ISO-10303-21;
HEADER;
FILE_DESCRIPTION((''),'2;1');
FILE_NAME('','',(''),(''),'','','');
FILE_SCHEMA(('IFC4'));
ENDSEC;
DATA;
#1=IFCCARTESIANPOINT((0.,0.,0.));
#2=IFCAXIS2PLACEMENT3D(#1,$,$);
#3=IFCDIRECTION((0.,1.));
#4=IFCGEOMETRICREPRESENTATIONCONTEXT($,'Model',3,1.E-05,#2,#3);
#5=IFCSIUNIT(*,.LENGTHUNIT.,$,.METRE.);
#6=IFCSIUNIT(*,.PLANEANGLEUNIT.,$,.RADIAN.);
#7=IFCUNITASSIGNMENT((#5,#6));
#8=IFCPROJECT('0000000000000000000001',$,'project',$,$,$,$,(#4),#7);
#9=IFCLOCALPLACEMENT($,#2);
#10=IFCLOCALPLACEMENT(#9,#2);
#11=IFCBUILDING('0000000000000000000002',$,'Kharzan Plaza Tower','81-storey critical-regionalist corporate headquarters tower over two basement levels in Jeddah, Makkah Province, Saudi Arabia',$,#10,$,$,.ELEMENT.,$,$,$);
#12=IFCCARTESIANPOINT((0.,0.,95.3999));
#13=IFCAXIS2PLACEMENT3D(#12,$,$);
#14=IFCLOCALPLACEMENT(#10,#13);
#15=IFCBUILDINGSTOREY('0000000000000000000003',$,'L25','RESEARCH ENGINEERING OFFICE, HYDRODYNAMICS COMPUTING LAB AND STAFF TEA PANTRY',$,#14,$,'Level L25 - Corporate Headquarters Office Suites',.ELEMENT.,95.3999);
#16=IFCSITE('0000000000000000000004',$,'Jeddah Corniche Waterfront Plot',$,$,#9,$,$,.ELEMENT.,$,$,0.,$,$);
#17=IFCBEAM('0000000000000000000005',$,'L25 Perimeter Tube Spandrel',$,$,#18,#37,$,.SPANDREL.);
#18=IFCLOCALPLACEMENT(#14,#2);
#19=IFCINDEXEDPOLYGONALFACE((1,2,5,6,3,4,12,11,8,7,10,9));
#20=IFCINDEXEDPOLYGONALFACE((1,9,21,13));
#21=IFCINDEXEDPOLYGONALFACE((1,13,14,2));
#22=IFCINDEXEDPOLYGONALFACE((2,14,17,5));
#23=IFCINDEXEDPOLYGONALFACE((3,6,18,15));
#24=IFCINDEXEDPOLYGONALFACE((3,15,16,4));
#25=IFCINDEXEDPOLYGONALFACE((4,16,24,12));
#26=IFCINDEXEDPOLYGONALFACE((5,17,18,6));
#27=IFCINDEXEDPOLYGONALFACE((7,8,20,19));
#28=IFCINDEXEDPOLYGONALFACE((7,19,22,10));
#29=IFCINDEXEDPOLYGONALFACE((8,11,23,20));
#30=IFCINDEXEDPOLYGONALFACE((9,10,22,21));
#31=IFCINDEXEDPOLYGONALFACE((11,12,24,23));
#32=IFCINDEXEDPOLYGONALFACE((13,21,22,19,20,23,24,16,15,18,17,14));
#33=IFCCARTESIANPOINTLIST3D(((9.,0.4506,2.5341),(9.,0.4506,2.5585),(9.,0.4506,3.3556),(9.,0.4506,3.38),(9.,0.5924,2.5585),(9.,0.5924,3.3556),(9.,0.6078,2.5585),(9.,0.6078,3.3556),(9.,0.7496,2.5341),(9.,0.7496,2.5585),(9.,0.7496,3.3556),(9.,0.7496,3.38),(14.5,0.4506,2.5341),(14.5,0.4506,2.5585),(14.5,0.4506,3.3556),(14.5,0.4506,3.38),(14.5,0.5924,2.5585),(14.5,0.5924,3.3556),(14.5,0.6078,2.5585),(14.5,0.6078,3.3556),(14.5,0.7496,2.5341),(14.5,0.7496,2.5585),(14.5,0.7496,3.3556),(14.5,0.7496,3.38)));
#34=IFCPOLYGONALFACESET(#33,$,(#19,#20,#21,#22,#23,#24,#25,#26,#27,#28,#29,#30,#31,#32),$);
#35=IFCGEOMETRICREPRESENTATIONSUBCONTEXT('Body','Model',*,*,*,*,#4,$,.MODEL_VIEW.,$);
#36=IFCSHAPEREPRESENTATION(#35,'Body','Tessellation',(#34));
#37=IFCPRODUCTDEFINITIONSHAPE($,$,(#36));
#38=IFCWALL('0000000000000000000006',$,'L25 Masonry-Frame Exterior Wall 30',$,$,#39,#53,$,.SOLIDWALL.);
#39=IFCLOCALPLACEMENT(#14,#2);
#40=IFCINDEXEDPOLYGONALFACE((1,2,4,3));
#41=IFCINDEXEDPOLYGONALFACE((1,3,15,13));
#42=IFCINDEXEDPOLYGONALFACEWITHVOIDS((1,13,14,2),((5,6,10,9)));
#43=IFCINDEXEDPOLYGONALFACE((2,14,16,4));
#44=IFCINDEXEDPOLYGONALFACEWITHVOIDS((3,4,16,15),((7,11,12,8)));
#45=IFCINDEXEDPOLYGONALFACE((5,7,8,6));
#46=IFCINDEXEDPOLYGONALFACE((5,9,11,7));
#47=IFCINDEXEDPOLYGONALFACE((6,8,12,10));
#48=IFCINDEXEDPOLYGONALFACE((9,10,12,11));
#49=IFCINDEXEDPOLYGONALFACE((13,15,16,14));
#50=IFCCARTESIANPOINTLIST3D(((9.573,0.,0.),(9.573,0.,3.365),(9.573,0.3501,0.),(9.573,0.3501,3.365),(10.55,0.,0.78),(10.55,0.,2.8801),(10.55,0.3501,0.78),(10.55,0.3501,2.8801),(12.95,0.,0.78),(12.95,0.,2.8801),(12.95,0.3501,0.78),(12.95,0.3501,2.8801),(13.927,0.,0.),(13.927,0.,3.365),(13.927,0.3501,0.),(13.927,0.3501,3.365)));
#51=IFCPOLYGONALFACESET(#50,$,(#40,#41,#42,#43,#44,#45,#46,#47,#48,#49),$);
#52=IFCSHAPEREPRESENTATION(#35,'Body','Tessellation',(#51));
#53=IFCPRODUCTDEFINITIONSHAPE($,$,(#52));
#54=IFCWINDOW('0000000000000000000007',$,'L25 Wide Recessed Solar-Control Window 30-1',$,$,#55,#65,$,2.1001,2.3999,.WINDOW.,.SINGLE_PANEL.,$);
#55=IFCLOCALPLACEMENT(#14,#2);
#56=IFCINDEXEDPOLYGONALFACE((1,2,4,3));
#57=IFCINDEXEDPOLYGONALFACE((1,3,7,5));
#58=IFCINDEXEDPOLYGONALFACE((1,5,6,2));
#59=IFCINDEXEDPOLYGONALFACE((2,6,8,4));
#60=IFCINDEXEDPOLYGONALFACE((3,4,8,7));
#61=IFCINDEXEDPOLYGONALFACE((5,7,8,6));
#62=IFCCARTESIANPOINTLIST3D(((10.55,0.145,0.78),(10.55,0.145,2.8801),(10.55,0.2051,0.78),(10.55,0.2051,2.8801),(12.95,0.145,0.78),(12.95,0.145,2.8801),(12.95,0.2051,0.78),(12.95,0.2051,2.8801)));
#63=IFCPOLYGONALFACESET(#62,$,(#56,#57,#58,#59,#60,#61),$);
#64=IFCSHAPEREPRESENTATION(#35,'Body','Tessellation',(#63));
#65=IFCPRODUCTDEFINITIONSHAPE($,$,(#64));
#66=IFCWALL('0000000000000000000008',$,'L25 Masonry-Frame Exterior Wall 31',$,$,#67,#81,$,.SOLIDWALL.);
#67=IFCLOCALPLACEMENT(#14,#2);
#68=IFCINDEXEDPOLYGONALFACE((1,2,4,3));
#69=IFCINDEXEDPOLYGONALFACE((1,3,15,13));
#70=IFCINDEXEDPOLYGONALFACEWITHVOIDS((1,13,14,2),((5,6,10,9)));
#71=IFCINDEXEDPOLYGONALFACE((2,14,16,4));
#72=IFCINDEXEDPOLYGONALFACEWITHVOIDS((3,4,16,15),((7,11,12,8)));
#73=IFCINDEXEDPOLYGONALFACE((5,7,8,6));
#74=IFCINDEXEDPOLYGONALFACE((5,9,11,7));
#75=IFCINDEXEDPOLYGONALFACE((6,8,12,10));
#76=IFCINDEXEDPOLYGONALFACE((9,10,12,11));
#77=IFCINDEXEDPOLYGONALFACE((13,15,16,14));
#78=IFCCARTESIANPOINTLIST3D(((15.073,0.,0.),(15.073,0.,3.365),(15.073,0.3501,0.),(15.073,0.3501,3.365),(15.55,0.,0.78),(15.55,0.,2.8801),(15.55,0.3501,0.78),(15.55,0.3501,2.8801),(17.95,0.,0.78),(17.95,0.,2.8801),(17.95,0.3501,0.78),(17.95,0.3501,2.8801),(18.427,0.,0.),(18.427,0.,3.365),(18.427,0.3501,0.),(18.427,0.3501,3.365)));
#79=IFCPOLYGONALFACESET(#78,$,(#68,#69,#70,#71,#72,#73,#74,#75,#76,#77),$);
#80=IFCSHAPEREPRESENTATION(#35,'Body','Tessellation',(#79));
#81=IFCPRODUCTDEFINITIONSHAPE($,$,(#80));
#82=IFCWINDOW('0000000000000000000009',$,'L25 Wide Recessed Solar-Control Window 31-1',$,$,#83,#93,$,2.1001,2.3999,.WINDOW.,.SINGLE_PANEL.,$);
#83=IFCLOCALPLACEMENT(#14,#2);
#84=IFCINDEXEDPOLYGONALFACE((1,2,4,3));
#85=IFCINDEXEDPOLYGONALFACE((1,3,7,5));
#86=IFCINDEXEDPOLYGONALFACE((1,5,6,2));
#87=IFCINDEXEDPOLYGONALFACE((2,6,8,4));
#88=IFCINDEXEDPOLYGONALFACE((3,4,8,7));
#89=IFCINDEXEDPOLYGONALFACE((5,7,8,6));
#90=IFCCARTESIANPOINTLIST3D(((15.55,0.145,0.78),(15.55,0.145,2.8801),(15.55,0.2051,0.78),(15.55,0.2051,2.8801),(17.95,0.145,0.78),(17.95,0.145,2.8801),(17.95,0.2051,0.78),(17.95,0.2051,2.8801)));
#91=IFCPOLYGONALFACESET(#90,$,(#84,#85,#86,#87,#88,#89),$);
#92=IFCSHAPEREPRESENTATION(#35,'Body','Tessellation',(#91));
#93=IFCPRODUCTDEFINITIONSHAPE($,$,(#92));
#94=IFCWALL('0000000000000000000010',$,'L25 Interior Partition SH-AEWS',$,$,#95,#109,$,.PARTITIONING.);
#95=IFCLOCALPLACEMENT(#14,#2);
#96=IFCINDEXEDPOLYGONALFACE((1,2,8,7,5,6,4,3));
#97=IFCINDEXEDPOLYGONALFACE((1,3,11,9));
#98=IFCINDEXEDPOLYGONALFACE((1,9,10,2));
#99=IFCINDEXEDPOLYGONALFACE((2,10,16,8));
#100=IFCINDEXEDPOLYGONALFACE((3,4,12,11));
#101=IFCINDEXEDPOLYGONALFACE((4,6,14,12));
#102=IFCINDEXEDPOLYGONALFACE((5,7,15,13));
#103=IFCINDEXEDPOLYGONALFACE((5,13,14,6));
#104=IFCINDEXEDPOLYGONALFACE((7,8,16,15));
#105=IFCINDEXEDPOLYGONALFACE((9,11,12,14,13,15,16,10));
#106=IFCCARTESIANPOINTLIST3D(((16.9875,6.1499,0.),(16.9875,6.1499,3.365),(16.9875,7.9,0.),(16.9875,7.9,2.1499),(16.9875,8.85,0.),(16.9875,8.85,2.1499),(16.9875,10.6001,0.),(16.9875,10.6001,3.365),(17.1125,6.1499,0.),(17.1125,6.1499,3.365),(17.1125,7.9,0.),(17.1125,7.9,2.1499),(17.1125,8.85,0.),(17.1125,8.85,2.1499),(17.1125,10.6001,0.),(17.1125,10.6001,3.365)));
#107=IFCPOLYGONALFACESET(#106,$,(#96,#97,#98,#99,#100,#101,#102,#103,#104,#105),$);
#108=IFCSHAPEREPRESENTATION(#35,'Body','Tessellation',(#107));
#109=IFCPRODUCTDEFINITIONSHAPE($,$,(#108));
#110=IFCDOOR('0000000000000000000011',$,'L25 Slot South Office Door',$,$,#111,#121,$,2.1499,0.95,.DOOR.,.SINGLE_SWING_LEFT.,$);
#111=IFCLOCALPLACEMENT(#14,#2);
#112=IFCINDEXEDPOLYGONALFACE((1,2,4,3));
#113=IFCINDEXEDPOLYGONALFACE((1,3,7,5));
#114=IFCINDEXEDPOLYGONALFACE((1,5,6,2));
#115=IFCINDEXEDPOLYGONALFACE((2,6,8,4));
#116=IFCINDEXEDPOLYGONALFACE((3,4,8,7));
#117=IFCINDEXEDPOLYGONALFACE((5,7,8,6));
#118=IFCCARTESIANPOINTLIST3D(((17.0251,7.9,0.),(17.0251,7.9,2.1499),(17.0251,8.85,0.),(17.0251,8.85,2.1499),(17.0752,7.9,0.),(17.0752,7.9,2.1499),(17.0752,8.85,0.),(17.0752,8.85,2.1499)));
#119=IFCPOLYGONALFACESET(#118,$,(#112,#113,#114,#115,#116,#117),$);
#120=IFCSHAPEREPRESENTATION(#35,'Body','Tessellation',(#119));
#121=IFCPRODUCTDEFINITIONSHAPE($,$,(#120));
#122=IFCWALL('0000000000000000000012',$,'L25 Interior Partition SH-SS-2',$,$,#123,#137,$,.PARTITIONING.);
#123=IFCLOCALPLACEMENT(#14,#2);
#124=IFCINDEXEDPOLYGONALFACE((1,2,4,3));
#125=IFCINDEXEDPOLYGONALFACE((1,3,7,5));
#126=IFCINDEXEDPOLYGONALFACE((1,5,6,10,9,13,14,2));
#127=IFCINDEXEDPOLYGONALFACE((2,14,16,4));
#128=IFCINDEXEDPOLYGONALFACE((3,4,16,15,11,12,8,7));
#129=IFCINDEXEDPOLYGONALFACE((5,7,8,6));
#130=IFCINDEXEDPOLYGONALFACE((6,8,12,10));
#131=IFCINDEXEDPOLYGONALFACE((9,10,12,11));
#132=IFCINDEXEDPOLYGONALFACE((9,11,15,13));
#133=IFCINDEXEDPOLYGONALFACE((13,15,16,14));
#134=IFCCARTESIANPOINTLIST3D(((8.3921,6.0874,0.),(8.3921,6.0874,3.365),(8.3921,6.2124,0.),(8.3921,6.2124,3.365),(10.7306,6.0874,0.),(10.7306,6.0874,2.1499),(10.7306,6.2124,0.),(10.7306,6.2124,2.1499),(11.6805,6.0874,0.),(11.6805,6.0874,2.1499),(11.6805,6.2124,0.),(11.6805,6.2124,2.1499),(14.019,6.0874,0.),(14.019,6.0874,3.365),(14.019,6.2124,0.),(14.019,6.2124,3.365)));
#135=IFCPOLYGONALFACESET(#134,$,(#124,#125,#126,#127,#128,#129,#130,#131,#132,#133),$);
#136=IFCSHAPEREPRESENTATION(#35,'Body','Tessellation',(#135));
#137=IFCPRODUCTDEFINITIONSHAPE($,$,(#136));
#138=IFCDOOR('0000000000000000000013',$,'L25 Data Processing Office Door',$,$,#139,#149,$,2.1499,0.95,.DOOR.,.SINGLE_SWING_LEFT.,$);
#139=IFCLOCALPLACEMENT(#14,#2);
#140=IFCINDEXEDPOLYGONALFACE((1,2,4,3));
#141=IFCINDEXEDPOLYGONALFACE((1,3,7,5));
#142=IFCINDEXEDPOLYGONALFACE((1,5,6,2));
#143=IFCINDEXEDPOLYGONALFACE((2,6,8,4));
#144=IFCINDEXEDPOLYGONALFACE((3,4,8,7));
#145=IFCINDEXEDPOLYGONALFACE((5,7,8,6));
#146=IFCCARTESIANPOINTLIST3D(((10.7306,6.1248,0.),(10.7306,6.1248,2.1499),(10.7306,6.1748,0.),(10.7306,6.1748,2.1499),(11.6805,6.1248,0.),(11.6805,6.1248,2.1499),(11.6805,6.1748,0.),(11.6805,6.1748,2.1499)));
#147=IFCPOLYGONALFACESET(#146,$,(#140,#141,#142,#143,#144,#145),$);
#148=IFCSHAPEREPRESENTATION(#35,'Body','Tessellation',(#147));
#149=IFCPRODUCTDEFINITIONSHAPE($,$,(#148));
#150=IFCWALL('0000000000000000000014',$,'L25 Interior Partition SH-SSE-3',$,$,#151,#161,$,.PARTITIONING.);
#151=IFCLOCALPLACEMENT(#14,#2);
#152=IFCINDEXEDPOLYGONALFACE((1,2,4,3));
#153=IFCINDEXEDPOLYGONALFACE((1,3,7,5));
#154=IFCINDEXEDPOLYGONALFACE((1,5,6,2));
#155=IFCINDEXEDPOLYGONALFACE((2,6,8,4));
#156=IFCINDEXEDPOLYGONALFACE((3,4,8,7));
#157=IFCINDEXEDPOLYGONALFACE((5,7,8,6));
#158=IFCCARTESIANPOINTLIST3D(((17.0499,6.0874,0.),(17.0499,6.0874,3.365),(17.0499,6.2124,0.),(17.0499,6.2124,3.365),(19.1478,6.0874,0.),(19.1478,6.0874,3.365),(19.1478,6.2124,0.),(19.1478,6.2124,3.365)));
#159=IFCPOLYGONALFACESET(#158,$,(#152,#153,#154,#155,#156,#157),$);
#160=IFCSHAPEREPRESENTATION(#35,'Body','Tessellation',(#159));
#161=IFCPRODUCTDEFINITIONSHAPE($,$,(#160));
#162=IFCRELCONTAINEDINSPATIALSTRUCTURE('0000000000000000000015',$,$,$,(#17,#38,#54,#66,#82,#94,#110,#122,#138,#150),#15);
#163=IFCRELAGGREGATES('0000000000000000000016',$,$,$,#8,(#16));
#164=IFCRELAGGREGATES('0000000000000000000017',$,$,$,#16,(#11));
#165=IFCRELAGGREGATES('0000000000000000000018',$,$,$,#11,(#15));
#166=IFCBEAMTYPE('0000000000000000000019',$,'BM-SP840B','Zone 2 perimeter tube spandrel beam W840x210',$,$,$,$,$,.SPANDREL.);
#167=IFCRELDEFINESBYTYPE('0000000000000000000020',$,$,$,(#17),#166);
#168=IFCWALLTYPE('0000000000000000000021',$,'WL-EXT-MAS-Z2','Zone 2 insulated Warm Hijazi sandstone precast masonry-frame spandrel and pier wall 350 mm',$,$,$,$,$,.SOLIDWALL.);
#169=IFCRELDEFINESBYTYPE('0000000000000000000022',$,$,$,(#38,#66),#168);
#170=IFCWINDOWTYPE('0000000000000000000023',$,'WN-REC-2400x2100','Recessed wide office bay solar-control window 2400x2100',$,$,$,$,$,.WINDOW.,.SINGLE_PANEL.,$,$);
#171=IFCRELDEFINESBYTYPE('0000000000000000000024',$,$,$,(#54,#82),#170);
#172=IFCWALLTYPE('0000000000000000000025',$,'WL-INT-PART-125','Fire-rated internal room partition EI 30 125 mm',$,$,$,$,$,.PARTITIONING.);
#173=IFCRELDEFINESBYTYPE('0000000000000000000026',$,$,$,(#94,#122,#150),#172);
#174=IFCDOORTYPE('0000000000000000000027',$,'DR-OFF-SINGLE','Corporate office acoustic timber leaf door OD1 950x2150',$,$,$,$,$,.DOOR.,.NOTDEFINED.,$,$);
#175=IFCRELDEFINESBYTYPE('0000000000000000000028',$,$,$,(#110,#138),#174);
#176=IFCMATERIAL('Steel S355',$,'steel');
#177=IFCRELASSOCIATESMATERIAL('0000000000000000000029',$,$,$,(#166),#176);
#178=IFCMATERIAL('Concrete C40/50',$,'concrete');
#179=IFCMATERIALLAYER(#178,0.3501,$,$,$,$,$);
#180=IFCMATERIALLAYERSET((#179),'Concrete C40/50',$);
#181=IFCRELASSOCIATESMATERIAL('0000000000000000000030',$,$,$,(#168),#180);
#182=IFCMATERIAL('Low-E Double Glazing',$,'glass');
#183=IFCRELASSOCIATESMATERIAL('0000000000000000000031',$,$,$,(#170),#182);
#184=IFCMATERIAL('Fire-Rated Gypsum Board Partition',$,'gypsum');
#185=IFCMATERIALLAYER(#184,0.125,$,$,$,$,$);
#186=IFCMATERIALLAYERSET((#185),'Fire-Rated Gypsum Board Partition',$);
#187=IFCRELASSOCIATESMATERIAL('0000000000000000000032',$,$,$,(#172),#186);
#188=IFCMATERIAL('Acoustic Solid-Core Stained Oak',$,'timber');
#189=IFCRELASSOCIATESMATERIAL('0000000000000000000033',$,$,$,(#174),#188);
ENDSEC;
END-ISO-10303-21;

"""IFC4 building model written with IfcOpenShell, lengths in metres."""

from ifc_helpers import new_model, si_unit, direction, frame, frame_2d, origin, origin_2d, place, context, subcontext, project, spatial, rectangle, i_section, extrude, source, transform, mapped, material, layer, layer_set, material_profile, profile_set, type_object, element, fill, save


model = new_model("IFC4")

# Units and contexts
model_context = context("Model", 3, precision=1e-05, world=origin(), true_north=direction((0.0, 1.0)))
body_context = subcontext(model_context, "Body", "Model", "MODEL_VIEW")
ifc_project = project(units=[si_unit("LENGTHUNIT", "METRE"), si_unit("PLANEANGLEUNIT", "RADIAN")], contexts=[model_context])

# Site, building, storey
site_placement = place(None, origin())
site = spatial("IfcSite", under=ifc_project, at=site_placement, Name="Jeddah Corniche Waterfront Plot", CompositionType="ELEMENT", RefElevation=0.0)
building_placement = place(site_placement, origin())
building = spatial("IfcBuilding", under=site, at=building_placement, Name="Kharzan Plaza Tower", Description="81-storey critical-regionalist corporate headquarters tower over two basement levels in Jeddah, Makkah Province, Saudi Arabia", CompositionType="ELEMENT")
storey_placement = place(building_placement, frame((0.0, 0.0, 95.3999)))
storey = spatial("IfcBuildingStorey", under=building, at=storey_placement, Name="L25", Description="RESEARCH ENGINEERING OFFICE, HYDRODYNAMICS COMPUTING LAB AND STAFF TEA PANTRY", LongName="Level L25 - Corporate Headquarters Office Suites", CompositionType="ELEMENT", Elevation=95.3999)

# Beam
ifc_material_1 = material(Name="Steel S355", Category="steel")
ifc_material_profile_1 = material_profile(ifc_material_1, i_section(OverallWidth=0.2991, OverallDepth=0.8459, WebThickness=0.0154, FlangeThickness=0.0244, at=origin_2d()), Name="W840x210")
ifc_profile_set_1 = profile_set([ifc_material_profile_1], Name="Steel S355")
beam_type_1 = type_object("IfcBeamType", Name="BM-SP840B", Description="Zone 2 perimeter tube spandrel beam W840x210", PredefinedType="SPANDREL", material=ifc_profile_set_1)
shared_shape_1 = source(origin(), body_context, "Body", "SweptSolid", [
    extrude(i_section(OverallWidth=0.2991, OverallDepth=0.8459, WebThickness=0.0154, FlangeThickness=0.0244, at=origin_2d()), origin(), (0.0, 0.0, 1.0), 5.5),
])
beam_1_placement = place(storey_placement, frame((9.0, 0.6001, 2.957), z_axis=(1.0, 0.0, 0.0), x_axis=(0.0, 1.0, 0.0)))
element("IfcBeam", 1, at=beam_1_placement, inside=storey, type_object=beam_type_1, Name="L25 Perimeter Tube Spandrel", PredefinedType="SPANDREL", context=body_context, shape_type="MappedRepresentation", body=[
    mapped(shared_shape_1, transform((0.0, 0.0, 0.0), x_axis=(1.0, 0.0, 0.0), y_axis=(0.0, 1.0, 0.0), z_axis=(0.0, 0.0, 1.0))),
])

# Walls, openings, windows
ifc_material_2 = material(Name="Concrete C40/50", Category="concrete")
ifc_layer_1 = layer(ifc_material_2, 0.3501)
ifc_layer_set_1 = layer_set([ifc_layer_1], Name="Concrete C40/50")
wall_type_1 = type_object("IfcWallType", Name="WL-EXT-MAS-Z2", Description="Zone 2 insulated Warm Hijazi sandstone precast masonry-frame spandrel and pier wall 350 mm", PredefinedType="SOLIDWALL", material=ifc_layer_set_1)
wall_1_placement = place(storey_placement, frame((9.573, 0.175, 0.0), z_axis=(0.0, 0.0, 1.0), x_axis=(1.0, 0.0, 0.0)))
wall_1 = element("IfcWall", 2, at=wall_1_placement, inside=storey, type_object=wall_type_1, Name="L25 Masonry-Frame Exterior Wall 30", PredefinedType="SOLIDWALL", context=body_context, shape_type="SweptSolid", body=[
    extrude(rectangle(XDim=4.354, YDim=0.3501, at=frame_2d((2.177, 0.0))), origin(), (0.0, 0.0, 1.0), 3.365),
])
opening_1_placement = place(wall_1_placement, frame((0.9771, 0.0, 0.78)))
opening_1 = element("IfcOpeningElement", 3, at=opening_1_placement, cuts=wall_1, PredefinedType="OPENING", context=body_context, shape_type="SweptSolid", body=[
    extrude(rectangle(XDim=2.3999, YDim=2.1001, at=frame_2d((1.2, 1.05))), frame((0.0, 0.1851, 0.0), z_axis=(0.0, -1.0, 0.0), x_axis=(1.0, 0.0, 0.0)), (0.0, 0.0, 1.0), 0.3701),
])
ifc_material_3 = material(Name="Low-E Double Glazing", Category="glass")
window_type = type_object("IfcWindowType", Name="WN-REC-2400x2100", Description="Recessed wide office bay solar-control window 2400x2100", PartitioningType="SINGLE_PANEL", PredefinedType="WINDOW", material=ifc_material_3)
shared_shape_2 = source(origin(), body_context, "Body", "SweptSolid", [
    extrude(rectangle(XDim=2.3999, YDim=2.1001, at=frame_2d((1.2, 1.05))), frame((0.0, 0.03, 0.0), z_axis=(0.0, -1.0, 0.0), x_axis=(1.0, 0.0, 0.0)), (0.0, 0.0, 1.0), 0.0601),
])
window_1_placement = place(opening_1_placement, origin())
window_1 = element("IfcWindow", 4, at=window_1_placement, inside=storey, type_object=window_type, Name="L25 Wide Recessed Solar-Control Window 30-1", OverallHeight=2.1001, OverallWidth=2.3999, PartitioningType="SINGLE_PANEL", PredefinedType="WINDOW", context=body_context, shape_type="MappedRepresentation", body=[
    mapped(shared_shape_2, transform((0.0, 0.0, 0.0), x_axis=(1.0, 0.0, 0.0), y_axis=(0.0, 1.0, 0.0), z_axis=(0.0, 0.0, 1.0))),
])
fill(opening_1, window_1)
wall_2_placement = place(storey_placement, frame((15.073, 0.175, 0.0), z_axis=(0.0, 0.0, 1.0), x_axis=(1.0, 0.0, 0.0)))
wall_2 = element("IfcWall", 5, at=wall_2_placement, inside=storey, type_object=wall_type_1, Name="L25 Masonry-Frame Exterior Wall 31", PredefinedType="SOLIDWALL", context=body_context, shape_type="SweptSolid", body=[
    extrude(rectangle(XDim=3.354, YDim=0.3501, at=frame_2d((1.677, 0.0))), origin(), (0.0, 0.0, 1.0), 3.365),
])
opening_2_placement = place(wall_2_placement, frame((0.4771, 0.0, 0.78)))
opening_2 = element("IfcOpeningElement", 6, at=opening_2_placement, cuts=wall_2, PredefinedType="OPENING", context=body_context, shape_type="SweptSolid", body=[
    extrude(rectangle(XDim=2.3999, YDim=2.1001, at=frame_2d((1.2, 1.05))), frame((0.0, 0.1851, 0.0), z_axis=(0.0, -1.0, 0.0), x_axis=(1.0, 0.0, 0.0)), (0.0, 0.0, 1.0), 0.3701),
])
window_2_placement = place(opening_2_placement, origin())
window_2 = element("IfcWindow", 7, at=window_2_placement, inside=storey, type_object=window_type, Name="L25 Wide Recessed Solar-Control Window 31-1", OverallHeight=2.1001, OverallWidth=2.3999, PartitioningType="SINGLE_PANEL", PredefinedType="WINDOW", context=body_context, shape_type="MappedRepresentation", body=[
    mapped(shared_shape_2, transform((0.0, 0.0, 0.0), x_axis=(1.0, 0.0, 0.0), y_axis=(0.0, 1.0, 0.0), z_axis=(0.0, 0.0, 1.0))),
])
fill(opening_2, window_2)

# Walls, openings, doors
ifc_material_4 = material(Name="Fire-Rated Gypsum Board Partition", Category="gypsum")
ifc_layer_2 = layer(ifc_material_4, 0.125)
ifc_layer_set_2 = layer_set([ifc_layer_2], Name="Fire-Rated Gypsum Board Partition")
wall_type_2 = type_object("IfcWallType", Name="WL-INT-PART-125", Description="Fire-rated internal room partition EI 30 125 mm", PredefinedType="PARTITIONING", material=ifc_layer_set_2)
wall_3_placement = place(storey_placement, frame((17.05, 6.1499, 0.0), z_axis=(0.0, 0.0, 1.0), x_axis=(0.0, 1.0, 0.0)))
wall_3 = element("IfcWall", 8, at=wall_3_placement, inside=storey, type_object=wall_type_2, Name="L25 Interior Partition SH-AEWS", PredefinedType="PARTITIONING", context=body_context, shape_type="SweptSolid", body=[
    extrude(rectangle(XDim=4.4502, YDim=0.125, at=frame_2d((2.2251, 0.0))), origin(), (0.0, 0.0, 1.0), 3.365),
])
opening_3_placement = place(wall_3_placement, frame((1.75, 0.0, 0.0)))
opening_3 = element("IfcOpeningElement", 9, at=opening_3_placement, cuts=wall_3, PredefinedType="OPENING", context=body_context, shape_type="SweptSolid", body=[
    extrude(rectangle(XDim=0.95, YDim=2.1499, at=frame_2d((0.4751, 1.075))), frame((0.0, 0.0725, 0.0), z_axis=(0.0, -1.0, 0.0), x_axis=(1.0, 0.0, 0.0)), (0.0, 0.0, 1.0), 0.145),
])
ifc_material_5 = material(Name="Acoustic Solid-Core Stained Oak", Category="timber")
door_type = type_object("IfcDoorType", Name="DR-OFF-SINGLE", Description="Corporate office acoustic timber leaf door OD1 950x2150", OperationType="NOTDEFINED", PredefinedType="DOOR", material=ifc_material_5)
shared_shape_3 = source(origin(), body_context, "Body", "SweptSolid", [
    extrude(rectangle(XDim=0.95, YDim=2.1499, at=frame_2d((0.4751, 1.075))), frame((0.0, 0.0249, 0.0), z_axis=(0.0, -1.0, 0.0), x_axis=(1.0, 0.0, 0.0)), (0.0, 0.0, 1.0), 0.05),
])
door_1_placement = place(opening_3_placement, origin())
door_1 = element("IfcDoor", 10, at=door_1_placement, inside=storey, type_object=door_type, Name="L25 Slot South Office Door", OperationType="SINGLE_SWING_LEFT", OverallHeight=2.1499, OverallWidth=0.95, PredefinedType="DOOR", context=body_context, shape_type="MappedRepresentation", body=[
    mapped(shared_shape_3, transform((0.0, 0.0, 0.0), x_axis=(1.0, 0.0, 0.0), y_axis=(0.0, 1.0, 0.0), z_axis=(0.0, 0.0, 1.0))),
])
fill(opening_3, door_1)
wall_4_placement = place(storey_placement, frame((8.3921, 6.1499, 0.0), z_axis=(0.0, 0.0, 1.0), x_axis=(1.0, 0.0, 0.0)))
wall_4 = element("IfcWall", 11, at=wall_4_placement, inside=storey, type_object=wall_type_2, Name="L25 Interior Partition SH-SS-2", PredefinedType="PARTITIONING", context=body_context, shape_type="SweptSolid", body=[
    extrude(rectangle(XDim=5.627, YDim=0.125, at=frame_2d((2.8135, 0.0))), origin(), (0.0, 0.0, 1.0), 3.365),
])
opening_4_placement = place(wall_4_placement, frame((2.3384, 0.0, 0.0)))
opening_4 = element("IfcOpeningElement", 12, at=opening_4_placement, cuts=wall_4, PredefinedType="OPENING", context=body_context, shape_type="SweptSolid", body=[
    extrude(rectangle(XDim=0.95, YDim=2.1499, at=frame_2d((0.4751, 1.075))), frame((0.0, 0.0725, 0.0), z_axis=(0.0, -1.0, 0.0), x_axis=(1.0, 0.0, 0.0)), (0.0, 0.0, 1.0), 0.145),
])
door_2_placement = place(opening_4_placement, origin())
door_2 = element("IfcDoor", 13, at=door_2_placement, inside=storey, type_object=door_type, Name="L25 Data Processing Office Door", OperationType="SINGLE_SWING_LEFT", OverallHeight=2.1499, OverallWidth=0.95, PredefinedType="DOOR", context=body_context, shape_type="MappedRepresentation", body=[
    mapped(shared_shape_3, transform((0.0, 0.0, 0.0), x_axis=(1.0, 0.0, 0.0), y_axis=(0.0, 1.0, 0.0), z_axis=(0.0, 0.0, 1.0))),
])
fill(opening_4, door_2)

# Wall
shared_shape_4 = source(origin(), body_context, "Body", "SweptSolid", [
    extrude(rectangle(XDim=2.0979, YDim=0.125, at=frame_2d((1.0488, 0.0))), origin(), (0.0, 0.0, 1.0), 3.365),
])
wall_5_placement = place(storey_placement, frame((17.05, 6.1499, 0.0), z_axis=(0.0, 0.0, 1.0), x_axis=(1.0, 0.0, 0.0)))
element("IfcWall", 14, at=wall_5_placement, inside=storey, type_object=wall_type_2, Name="L25 Interior Partition SH-SSE-3", PredefinedType="PARTITIONING", context=body_context, shape_type="MappedRepresentation", body=[
    mapped(shared_shape_4, transform((0.0, 0.0, 0.0), x_axis=(1.0, 0.0, 0.0), y_axis=(0.0, 1.0, 0.0), z_axis=(0.0, 0.0, 1.0))),
])

save(model, "model.ifc")
